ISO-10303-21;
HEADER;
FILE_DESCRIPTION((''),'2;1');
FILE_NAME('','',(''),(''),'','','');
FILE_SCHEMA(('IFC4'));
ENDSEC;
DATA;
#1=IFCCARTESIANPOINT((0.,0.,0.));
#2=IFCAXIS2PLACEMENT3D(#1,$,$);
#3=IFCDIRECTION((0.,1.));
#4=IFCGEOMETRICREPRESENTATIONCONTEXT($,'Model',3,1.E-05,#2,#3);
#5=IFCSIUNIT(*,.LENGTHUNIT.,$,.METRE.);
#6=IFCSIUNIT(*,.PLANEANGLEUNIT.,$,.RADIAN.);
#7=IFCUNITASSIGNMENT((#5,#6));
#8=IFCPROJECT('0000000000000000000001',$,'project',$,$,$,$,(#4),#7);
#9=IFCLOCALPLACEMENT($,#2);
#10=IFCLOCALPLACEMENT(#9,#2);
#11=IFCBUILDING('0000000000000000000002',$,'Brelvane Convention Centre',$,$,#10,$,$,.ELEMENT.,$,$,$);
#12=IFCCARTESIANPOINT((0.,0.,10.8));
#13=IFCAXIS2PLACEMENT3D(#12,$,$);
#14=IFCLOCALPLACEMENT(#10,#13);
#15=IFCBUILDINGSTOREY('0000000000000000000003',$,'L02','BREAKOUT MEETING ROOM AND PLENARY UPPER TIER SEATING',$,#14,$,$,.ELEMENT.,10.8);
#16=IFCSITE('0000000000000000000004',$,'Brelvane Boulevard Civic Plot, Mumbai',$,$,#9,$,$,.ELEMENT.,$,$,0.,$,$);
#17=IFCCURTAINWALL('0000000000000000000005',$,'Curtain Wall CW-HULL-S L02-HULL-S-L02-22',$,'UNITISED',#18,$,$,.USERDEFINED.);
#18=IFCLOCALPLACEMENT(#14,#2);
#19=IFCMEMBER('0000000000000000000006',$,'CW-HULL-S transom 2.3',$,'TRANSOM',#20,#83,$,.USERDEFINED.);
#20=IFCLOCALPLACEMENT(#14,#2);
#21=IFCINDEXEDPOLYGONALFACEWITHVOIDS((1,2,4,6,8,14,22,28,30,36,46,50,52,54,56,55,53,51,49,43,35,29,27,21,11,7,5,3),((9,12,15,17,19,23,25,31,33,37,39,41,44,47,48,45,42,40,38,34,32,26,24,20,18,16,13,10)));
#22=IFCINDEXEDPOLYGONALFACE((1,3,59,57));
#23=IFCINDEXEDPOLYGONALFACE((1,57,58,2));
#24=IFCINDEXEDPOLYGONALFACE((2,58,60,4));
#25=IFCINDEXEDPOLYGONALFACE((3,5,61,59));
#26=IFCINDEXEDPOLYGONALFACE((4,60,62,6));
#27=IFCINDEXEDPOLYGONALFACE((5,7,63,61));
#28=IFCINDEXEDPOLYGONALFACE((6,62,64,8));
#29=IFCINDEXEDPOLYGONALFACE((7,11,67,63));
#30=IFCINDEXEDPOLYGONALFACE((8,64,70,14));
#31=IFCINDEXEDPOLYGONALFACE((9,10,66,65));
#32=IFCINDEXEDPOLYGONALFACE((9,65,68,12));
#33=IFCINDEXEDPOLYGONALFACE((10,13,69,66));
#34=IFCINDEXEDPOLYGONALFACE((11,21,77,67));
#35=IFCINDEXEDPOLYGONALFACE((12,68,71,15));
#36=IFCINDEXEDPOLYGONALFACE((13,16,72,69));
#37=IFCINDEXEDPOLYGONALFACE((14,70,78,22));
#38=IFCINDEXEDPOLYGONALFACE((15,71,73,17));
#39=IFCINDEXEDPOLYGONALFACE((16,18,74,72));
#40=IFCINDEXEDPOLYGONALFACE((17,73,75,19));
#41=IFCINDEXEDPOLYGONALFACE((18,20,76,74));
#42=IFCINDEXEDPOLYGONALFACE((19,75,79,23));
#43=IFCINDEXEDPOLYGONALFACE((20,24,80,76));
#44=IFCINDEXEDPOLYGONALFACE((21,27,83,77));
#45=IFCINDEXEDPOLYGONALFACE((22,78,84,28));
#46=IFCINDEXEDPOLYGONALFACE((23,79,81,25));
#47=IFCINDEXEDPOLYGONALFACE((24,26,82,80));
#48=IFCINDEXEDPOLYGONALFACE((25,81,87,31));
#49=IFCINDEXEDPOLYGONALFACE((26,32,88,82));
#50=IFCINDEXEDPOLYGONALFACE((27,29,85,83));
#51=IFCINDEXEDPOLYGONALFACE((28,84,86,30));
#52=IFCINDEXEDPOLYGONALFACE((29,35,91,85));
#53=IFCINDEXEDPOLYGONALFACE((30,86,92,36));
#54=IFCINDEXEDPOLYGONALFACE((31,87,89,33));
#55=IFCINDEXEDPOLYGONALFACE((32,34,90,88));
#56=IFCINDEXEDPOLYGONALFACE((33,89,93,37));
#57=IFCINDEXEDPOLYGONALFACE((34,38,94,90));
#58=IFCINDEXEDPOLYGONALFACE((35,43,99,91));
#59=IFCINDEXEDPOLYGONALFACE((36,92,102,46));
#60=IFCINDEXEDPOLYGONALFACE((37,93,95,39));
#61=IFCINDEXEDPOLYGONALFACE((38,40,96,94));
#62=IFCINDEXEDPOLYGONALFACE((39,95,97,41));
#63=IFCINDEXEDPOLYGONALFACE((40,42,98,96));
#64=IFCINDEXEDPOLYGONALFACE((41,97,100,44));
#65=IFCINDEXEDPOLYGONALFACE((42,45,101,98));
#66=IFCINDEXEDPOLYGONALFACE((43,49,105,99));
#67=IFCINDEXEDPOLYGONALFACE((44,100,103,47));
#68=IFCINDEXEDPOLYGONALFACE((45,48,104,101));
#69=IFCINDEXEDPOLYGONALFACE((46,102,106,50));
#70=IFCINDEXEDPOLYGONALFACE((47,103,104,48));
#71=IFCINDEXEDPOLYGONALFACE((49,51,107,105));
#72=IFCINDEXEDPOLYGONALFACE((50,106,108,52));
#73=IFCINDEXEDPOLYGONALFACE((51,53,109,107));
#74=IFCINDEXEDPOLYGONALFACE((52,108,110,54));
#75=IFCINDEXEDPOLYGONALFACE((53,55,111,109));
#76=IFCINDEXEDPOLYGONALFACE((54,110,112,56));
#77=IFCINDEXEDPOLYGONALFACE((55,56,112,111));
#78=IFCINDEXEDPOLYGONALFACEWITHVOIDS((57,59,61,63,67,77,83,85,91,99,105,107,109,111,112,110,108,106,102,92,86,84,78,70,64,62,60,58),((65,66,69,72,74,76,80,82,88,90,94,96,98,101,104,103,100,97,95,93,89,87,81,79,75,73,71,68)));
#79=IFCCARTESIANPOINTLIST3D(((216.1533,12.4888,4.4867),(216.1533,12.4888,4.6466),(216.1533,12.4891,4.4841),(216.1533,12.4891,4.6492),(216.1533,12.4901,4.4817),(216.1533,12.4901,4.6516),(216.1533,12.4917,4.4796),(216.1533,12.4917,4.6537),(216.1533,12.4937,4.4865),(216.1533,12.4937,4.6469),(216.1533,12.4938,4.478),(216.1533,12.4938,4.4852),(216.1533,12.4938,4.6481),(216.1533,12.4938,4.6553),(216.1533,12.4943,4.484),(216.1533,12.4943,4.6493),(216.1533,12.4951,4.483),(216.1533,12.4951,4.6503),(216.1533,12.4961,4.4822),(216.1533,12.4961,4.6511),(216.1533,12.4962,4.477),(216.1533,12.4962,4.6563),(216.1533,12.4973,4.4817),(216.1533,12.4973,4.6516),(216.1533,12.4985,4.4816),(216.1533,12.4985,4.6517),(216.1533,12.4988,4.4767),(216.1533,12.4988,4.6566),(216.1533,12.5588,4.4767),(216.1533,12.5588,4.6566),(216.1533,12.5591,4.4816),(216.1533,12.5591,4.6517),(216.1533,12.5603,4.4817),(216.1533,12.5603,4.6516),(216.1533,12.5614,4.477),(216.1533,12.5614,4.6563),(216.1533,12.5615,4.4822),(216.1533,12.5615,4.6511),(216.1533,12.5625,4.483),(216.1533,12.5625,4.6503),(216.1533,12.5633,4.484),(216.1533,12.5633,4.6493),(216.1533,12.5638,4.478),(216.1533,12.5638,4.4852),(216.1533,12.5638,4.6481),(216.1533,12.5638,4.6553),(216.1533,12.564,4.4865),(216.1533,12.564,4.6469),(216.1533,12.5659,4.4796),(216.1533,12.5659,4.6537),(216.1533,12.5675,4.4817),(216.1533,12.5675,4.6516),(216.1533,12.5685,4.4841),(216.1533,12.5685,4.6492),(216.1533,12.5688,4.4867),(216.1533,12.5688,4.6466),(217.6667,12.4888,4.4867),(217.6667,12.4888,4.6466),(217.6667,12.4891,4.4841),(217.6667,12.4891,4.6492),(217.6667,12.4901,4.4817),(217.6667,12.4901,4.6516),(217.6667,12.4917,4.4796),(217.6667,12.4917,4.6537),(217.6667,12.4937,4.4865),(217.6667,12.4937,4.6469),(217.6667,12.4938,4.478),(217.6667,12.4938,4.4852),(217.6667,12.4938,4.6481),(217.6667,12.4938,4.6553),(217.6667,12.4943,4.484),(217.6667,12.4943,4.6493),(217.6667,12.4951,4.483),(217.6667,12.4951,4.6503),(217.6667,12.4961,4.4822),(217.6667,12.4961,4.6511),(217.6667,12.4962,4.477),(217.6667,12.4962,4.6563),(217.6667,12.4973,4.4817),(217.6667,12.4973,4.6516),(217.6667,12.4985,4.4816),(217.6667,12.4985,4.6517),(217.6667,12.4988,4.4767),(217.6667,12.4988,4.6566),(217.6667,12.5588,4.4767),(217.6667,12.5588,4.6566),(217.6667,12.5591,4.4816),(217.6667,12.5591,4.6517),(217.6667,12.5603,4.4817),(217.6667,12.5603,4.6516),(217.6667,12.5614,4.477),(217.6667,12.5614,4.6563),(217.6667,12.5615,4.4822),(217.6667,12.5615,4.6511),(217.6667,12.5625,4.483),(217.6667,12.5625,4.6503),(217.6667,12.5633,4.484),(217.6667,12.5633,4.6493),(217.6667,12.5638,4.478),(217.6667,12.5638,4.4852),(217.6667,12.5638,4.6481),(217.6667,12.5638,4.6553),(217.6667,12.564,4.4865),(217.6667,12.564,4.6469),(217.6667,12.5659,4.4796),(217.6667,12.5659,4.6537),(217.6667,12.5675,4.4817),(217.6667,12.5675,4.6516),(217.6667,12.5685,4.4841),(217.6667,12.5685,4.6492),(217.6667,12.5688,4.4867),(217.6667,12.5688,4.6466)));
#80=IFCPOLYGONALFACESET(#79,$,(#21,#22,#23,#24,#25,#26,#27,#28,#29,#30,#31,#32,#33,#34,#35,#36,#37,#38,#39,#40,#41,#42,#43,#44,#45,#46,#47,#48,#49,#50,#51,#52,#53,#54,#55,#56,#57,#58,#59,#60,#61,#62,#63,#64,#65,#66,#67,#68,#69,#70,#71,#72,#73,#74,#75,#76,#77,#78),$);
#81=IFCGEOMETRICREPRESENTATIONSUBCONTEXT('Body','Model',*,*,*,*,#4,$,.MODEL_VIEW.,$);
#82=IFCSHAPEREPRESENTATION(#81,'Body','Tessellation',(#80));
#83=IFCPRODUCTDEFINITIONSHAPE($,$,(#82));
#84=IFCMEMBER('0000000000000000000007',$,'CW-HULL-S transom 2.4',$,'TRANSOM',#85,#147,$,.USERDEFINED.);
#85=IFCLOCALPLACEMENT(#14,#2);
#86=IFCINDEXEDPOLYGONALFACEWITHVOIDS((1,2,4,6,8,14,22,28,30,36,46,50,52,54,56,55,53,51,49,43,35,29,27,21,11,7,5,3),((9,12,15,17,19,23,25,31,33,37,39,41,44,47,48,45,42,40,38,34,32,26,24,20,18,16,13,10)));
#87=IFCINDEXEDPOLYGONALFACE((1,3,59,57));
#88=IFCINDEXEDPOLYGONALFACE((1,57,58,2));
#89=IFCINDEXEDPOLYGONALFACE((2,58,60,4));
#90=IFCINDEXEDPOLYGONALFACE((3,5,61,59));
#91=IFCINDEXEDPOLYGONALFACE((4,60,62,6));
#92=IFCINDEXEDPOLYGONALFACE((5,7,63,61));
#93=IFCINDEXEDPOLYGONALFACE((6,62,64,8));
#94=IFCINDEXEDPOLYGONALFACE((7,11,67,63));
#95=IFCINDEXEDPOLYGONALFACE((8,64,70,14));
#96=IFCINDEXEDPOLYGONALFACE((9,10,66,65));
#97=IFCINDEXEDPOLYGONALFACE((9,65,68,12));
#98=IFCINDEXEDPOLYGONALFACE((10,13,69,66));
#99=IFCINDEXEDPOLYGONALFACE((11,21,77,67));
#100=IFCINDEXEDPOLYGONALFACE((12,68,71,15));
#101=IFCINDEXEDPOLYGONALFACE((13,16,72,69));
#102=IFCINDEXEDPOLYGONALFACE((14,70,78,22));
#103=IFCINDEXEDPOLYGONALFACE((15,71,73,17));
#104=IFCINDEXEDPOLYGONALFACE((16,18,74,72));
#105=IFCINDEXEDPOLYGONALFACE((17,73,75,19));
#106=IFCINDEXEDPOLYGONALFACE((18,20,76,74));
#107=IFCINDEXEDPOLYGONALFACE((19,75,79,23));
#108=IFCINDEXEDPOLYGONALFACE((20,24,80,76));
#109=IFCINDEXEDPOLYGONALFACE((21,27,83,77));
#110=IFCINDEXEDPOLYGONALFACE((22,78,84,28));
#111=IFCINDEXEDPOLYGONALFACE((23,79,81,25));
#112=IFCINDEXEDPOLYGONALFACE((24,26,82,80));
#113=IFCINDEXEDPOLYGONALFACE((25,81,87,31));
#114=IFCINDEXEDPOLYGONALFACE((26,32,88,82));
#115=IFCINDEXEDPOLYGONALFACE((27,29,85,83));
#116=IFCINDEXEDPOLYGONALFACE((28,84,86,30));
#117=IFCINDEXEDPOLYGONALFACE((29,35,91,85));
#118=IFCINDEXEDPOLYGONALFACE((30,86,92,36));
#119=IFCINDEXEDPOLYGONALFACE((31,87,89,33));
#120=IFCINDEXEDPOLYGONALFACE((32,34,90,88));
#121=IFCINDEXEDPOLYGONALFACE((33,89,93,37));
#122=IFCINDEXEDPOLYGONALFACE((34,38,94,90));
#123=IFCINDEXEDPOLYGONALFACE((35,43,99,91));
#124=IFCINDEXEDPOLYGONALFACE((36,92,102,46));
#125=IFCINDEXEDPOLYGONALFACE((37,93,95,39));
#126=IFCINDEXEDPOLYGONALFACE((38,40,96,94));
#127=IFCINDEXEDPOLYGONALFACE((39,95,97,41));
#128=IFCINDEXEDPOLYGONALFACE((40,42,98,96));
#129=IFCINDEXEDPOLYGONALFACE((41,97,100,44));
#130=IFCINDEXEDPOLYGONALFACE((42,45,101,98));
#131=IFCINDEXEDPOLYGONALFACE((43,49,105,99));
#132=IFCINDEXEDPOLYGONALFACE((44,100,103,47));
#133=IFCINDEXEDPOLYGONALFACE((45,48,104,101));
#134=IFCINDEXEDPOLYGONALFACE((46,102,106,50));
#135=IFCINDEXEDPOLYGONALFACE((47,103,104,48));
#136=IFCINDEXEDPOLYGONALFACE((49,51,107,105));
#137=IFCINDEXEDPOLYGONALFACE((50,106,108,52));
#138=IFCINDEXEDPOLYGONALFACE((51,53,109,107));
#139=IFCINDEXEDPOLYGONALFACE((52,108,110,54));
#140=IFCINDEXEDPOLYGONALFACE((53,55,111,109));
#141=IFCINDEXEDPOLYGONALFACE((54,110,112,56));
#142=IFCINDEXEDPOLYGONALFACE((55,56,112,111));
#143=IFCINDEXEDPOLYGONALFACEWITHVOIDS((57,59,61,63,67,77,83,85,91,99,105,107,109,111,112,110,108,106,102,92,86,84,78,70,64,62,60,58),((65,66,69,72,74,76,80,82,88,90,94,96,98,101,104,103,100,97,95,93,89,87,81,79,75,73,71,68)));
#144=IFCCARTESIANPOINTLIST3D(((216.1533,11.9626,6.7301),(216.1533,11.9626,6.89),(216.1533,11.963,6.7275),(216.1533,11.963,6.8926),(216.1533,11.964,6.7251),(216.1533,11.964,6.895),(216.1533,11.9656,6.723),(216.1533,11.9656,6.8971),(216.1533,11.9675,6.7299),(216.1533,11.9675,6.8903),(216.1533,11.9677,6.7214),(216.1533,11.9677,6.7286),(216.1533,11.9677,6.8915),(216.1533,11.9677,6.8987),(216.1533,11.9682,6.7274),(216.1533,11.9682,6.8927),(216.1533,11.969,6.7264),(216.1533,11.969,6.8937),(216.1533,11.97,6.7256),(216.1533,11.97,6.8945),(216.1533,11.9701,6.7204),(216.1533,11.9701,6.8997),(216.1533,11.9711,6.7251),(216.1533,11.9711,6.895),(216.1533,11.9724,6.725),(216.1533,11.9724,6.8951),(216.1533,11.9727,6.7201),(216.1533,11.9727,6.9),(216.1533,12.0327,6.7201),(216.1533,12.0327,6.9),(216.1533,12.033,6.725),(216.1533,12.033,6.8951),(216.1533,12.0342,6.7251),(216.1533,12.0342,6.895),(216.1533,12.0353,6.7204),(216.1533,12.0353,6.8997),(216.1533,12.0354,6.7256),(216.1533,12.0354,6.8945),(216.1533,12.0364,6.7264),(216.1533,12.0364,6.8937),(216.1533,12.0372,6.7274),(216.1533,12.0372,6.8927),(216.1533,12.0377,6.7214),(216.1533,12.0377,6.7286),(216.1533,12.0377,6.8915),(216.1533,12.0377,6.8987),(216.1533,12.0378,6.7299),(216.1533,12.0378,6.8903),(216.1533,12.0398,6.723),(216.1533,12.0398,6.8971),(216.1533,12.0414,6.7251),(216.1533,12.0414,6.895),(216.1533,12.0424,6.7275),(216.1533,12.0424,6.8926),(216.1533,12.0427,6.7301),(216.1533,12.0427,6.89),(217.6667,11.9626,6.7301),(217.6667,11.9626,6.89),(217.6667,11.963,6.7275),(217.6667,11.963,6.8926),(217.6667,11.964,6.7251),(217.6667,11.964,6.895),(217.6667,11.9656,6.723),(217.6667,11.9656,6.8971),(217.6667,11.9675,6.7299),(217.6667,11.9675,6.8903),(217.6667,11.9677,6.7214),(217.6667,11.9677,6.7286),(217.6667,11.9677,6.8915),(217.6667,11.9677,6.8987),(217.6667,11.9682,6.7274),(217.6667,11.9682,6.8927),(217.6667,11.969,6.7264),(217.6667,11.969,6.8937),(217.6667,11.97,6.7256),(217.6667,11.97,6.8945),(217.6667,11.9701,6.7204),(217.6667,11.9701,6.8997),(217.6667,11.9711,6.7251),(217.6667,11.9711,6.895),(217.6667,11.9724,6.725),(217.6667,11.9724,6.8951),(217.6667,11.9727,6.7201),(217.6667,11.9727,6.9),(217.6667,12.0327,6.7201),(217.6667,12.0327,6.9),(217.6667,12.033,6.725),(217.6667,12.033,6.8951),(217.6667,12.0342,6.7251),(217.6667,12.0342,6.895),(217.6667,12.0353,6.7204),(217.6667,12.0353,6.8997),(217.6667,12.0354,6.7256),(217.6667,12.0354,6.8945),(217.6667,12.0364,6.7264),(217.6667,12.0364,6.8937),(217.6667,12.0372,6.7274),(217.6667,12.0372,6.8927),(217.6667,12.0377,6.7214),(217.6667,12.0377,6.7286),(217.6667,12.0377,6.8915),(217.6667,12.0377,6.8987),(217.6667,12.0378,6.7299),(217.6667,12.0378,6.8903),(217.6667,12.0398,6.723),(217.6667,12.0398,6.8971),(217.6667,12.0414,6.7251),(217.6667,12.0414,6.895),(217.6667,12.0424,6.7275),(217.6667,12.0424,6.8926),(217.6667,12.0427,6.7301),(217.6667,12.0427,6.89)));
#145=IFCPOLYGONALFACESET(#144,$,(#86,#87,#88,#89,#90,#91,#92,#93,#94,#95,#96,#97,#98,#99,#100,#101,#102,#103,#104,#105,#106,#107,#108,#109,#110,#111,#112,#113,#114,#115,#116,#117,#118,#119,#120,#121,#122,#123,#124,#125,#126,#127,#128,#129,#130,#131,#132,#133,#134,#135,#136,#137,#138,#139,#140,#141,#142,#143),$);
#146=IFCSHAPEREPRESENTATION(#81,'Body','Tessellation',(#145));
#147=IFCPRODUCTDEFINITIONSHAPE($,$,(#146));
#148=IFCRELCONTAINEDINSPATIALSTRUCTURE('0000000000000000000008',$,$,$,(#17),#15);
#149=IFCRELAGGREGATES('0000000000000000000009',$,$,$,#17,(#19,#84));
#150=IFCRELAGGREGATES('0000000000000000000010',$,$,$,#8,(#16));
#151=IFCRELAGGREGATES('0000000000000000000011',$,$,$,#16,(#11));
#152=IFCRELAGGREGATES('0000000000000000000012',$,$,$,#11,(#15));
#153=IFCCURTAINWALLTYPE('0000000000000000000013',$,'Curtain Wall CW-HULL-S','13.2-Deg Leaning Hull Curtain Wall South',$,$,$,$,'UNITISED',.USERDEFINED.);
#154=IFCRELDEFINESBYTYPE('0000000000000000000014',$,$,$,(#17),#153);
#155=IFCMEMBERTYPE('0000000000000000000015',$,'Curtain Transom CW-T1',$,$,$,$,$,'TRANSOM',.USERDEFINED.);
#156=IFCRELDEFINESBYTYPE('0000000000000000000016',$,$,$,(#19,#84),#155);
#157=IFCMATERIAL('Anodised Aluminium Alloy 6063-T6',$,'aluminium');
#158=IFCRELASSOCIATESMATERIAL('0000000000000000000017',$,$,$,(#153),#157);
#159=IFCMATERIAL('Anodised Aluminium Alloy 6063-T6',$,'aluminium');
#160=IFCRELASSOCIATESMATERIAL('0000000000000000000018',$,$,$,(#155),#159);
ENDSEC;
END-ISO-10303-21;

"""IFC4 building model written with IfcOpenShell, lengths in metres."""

from ifc_helpers import new_model, si_unit, direction, frame, origin, origin_2d, place, context, subcontext, project, spatial, hollow_rectangle, extrude, material, material_profile, profile_set, type_object, element, aggregate, save


model = new_model("IFC4")

# Units and contexts
model_context = context("Model", 3, precision=1e-05, world=origin(), true_north=direction((0.0, 1.0)))
body_context = subcontext(model_context, "Body", "Model", "MODEL_VIEW")
ifc_project = project(units=[si_unit("LENGTHUNIT", "METRE"), si_unit("PLANEANGLEUNIT", "RADIAN")], contexts=[model_context])

# Site, building, storey
site_placement = place(None, origin())
site = spatial("IfcSite", under=ifc_project, at=site_placement, Name="Brelvane Boulevard Civic Plot, Mumbai", CompositionType="ELEMENT", RefElevation=0.0)
building_placement = place(site_placement, origin())
building = spatial("IfcBuilding", under=site, at=building_placement, Name="Brelvane Convention Centre", CompositionType="ELEMENT")
storey_placement = place(building_placement, frame((0.0, 0.0, 10.8)))
storey = spatial("IfcBuildingStorey", under=building, at=storey_placement, Name="L02", Description="BREAKOUT MEETING ROOM AND PLENARY UPPER TIER SEATING", CompositionType="ELEMENT", Elevation=10.8)

# Curtain wall, members
ifc_material_1 = material(Name="Anodised Aluminium Alloy 6063-T6", Category="aluminium")
curtain_wall_type = type_object("IfcCurtainWallType", Name="Curtain Wall CW-HULL-S", Description="13.2-Deg Leaning Hull Curtain Wall South", ElementType="UNITISED", PredefinedType="USERDEFINED", material=ifc_material_1)
curtain_wall_placement = place(storey_placement, origin())
curtain_wall = element("IfcCurtainWall", 1, at=curtain_wall_placement, inside=storey, type_object=curtain_wall_type, Name="Curtain Wall CW-HULL-S L02-HULL-S-L02-22", ObjectType="UNITISED", PredefinedType="USERDEFINED")
ifc_material_2 = material(Name="Anodised Aluminium Alloy 6063-T6", Category="aluminium")
ifc_material_profile_1 = material_profile(ifc_material_2, hollow_rectangle(XDim=0.0801, YDim=0.1799, WallThickness=0.0049, InnerFilletRadius=0.0049, OuterFilletRadius=0.01, at=origin_2d()), Name="ALU-T 180x80x5.0")
ifc_profile_set_1 = profile_set([ifc_material_profile_1], Name="Anodised Aluminium Alloy 6063-T6")
member_type_1 = type_object("IfcMemberType", Name="Curtain Transom CW-T1", ElementType="TRANSOM", PredefinedType="USERDEFINED", material=ifc_profile_set_1)
member_1_placement = place(storey_placement, frame((216.1533, 12.5288, 4.5667), z_axis=(1.0, 0.0, 0.0), x_axis=(0.0, 1.0, 0.0)))
member_1 = element("IfcMember", 2, at=member_1_placement, type_object=member_type_1, Name="CW-HULL-S transom 2.3", ObjectType="TRANSOM", PredefinedType="USERDEFINED", context=body_context, shape_type="SweptSolid", body=[
    extrude(hollow_rectangle(XDim=0.0801, YDim=0.1799, WallThickness=0.0049, InnerFilletRadius=0.0049, OuterFilletRadius=0.01, at=origin_2d()), origin(), (0.0, 0.0, 1.0), 1.5134),
])
member_2_placement = place(storey_placement, frame((216.1533, 12.0027, 6.8101), z_axis=(1.0, 0.0, 0.0), x_axis=(0.0, 1.0, 0.0)))
member_2 = element("IfcMember", 3, at=member_2_placement, type_object=member_type_1, Name="CW-HULL-S transom 2.4", ObjectType="TRANSOM", PredefinedType="USERDEFINED", context=body_context, shape_type="SweptSolid", body=[
    extrude(hollow_rectangle(XDim=0.0801, YDim=0.1799, WallThickness=0.0049, InnerFilletRadius=0.0049, OuterFilletRadius=0.01, at=origin_2d()), origin(), (0.0, 0.0, 1.0), 1.5134),
])

aggregate(curtain_wall, [member_1, member_2])

save(model, "model.ifc")
